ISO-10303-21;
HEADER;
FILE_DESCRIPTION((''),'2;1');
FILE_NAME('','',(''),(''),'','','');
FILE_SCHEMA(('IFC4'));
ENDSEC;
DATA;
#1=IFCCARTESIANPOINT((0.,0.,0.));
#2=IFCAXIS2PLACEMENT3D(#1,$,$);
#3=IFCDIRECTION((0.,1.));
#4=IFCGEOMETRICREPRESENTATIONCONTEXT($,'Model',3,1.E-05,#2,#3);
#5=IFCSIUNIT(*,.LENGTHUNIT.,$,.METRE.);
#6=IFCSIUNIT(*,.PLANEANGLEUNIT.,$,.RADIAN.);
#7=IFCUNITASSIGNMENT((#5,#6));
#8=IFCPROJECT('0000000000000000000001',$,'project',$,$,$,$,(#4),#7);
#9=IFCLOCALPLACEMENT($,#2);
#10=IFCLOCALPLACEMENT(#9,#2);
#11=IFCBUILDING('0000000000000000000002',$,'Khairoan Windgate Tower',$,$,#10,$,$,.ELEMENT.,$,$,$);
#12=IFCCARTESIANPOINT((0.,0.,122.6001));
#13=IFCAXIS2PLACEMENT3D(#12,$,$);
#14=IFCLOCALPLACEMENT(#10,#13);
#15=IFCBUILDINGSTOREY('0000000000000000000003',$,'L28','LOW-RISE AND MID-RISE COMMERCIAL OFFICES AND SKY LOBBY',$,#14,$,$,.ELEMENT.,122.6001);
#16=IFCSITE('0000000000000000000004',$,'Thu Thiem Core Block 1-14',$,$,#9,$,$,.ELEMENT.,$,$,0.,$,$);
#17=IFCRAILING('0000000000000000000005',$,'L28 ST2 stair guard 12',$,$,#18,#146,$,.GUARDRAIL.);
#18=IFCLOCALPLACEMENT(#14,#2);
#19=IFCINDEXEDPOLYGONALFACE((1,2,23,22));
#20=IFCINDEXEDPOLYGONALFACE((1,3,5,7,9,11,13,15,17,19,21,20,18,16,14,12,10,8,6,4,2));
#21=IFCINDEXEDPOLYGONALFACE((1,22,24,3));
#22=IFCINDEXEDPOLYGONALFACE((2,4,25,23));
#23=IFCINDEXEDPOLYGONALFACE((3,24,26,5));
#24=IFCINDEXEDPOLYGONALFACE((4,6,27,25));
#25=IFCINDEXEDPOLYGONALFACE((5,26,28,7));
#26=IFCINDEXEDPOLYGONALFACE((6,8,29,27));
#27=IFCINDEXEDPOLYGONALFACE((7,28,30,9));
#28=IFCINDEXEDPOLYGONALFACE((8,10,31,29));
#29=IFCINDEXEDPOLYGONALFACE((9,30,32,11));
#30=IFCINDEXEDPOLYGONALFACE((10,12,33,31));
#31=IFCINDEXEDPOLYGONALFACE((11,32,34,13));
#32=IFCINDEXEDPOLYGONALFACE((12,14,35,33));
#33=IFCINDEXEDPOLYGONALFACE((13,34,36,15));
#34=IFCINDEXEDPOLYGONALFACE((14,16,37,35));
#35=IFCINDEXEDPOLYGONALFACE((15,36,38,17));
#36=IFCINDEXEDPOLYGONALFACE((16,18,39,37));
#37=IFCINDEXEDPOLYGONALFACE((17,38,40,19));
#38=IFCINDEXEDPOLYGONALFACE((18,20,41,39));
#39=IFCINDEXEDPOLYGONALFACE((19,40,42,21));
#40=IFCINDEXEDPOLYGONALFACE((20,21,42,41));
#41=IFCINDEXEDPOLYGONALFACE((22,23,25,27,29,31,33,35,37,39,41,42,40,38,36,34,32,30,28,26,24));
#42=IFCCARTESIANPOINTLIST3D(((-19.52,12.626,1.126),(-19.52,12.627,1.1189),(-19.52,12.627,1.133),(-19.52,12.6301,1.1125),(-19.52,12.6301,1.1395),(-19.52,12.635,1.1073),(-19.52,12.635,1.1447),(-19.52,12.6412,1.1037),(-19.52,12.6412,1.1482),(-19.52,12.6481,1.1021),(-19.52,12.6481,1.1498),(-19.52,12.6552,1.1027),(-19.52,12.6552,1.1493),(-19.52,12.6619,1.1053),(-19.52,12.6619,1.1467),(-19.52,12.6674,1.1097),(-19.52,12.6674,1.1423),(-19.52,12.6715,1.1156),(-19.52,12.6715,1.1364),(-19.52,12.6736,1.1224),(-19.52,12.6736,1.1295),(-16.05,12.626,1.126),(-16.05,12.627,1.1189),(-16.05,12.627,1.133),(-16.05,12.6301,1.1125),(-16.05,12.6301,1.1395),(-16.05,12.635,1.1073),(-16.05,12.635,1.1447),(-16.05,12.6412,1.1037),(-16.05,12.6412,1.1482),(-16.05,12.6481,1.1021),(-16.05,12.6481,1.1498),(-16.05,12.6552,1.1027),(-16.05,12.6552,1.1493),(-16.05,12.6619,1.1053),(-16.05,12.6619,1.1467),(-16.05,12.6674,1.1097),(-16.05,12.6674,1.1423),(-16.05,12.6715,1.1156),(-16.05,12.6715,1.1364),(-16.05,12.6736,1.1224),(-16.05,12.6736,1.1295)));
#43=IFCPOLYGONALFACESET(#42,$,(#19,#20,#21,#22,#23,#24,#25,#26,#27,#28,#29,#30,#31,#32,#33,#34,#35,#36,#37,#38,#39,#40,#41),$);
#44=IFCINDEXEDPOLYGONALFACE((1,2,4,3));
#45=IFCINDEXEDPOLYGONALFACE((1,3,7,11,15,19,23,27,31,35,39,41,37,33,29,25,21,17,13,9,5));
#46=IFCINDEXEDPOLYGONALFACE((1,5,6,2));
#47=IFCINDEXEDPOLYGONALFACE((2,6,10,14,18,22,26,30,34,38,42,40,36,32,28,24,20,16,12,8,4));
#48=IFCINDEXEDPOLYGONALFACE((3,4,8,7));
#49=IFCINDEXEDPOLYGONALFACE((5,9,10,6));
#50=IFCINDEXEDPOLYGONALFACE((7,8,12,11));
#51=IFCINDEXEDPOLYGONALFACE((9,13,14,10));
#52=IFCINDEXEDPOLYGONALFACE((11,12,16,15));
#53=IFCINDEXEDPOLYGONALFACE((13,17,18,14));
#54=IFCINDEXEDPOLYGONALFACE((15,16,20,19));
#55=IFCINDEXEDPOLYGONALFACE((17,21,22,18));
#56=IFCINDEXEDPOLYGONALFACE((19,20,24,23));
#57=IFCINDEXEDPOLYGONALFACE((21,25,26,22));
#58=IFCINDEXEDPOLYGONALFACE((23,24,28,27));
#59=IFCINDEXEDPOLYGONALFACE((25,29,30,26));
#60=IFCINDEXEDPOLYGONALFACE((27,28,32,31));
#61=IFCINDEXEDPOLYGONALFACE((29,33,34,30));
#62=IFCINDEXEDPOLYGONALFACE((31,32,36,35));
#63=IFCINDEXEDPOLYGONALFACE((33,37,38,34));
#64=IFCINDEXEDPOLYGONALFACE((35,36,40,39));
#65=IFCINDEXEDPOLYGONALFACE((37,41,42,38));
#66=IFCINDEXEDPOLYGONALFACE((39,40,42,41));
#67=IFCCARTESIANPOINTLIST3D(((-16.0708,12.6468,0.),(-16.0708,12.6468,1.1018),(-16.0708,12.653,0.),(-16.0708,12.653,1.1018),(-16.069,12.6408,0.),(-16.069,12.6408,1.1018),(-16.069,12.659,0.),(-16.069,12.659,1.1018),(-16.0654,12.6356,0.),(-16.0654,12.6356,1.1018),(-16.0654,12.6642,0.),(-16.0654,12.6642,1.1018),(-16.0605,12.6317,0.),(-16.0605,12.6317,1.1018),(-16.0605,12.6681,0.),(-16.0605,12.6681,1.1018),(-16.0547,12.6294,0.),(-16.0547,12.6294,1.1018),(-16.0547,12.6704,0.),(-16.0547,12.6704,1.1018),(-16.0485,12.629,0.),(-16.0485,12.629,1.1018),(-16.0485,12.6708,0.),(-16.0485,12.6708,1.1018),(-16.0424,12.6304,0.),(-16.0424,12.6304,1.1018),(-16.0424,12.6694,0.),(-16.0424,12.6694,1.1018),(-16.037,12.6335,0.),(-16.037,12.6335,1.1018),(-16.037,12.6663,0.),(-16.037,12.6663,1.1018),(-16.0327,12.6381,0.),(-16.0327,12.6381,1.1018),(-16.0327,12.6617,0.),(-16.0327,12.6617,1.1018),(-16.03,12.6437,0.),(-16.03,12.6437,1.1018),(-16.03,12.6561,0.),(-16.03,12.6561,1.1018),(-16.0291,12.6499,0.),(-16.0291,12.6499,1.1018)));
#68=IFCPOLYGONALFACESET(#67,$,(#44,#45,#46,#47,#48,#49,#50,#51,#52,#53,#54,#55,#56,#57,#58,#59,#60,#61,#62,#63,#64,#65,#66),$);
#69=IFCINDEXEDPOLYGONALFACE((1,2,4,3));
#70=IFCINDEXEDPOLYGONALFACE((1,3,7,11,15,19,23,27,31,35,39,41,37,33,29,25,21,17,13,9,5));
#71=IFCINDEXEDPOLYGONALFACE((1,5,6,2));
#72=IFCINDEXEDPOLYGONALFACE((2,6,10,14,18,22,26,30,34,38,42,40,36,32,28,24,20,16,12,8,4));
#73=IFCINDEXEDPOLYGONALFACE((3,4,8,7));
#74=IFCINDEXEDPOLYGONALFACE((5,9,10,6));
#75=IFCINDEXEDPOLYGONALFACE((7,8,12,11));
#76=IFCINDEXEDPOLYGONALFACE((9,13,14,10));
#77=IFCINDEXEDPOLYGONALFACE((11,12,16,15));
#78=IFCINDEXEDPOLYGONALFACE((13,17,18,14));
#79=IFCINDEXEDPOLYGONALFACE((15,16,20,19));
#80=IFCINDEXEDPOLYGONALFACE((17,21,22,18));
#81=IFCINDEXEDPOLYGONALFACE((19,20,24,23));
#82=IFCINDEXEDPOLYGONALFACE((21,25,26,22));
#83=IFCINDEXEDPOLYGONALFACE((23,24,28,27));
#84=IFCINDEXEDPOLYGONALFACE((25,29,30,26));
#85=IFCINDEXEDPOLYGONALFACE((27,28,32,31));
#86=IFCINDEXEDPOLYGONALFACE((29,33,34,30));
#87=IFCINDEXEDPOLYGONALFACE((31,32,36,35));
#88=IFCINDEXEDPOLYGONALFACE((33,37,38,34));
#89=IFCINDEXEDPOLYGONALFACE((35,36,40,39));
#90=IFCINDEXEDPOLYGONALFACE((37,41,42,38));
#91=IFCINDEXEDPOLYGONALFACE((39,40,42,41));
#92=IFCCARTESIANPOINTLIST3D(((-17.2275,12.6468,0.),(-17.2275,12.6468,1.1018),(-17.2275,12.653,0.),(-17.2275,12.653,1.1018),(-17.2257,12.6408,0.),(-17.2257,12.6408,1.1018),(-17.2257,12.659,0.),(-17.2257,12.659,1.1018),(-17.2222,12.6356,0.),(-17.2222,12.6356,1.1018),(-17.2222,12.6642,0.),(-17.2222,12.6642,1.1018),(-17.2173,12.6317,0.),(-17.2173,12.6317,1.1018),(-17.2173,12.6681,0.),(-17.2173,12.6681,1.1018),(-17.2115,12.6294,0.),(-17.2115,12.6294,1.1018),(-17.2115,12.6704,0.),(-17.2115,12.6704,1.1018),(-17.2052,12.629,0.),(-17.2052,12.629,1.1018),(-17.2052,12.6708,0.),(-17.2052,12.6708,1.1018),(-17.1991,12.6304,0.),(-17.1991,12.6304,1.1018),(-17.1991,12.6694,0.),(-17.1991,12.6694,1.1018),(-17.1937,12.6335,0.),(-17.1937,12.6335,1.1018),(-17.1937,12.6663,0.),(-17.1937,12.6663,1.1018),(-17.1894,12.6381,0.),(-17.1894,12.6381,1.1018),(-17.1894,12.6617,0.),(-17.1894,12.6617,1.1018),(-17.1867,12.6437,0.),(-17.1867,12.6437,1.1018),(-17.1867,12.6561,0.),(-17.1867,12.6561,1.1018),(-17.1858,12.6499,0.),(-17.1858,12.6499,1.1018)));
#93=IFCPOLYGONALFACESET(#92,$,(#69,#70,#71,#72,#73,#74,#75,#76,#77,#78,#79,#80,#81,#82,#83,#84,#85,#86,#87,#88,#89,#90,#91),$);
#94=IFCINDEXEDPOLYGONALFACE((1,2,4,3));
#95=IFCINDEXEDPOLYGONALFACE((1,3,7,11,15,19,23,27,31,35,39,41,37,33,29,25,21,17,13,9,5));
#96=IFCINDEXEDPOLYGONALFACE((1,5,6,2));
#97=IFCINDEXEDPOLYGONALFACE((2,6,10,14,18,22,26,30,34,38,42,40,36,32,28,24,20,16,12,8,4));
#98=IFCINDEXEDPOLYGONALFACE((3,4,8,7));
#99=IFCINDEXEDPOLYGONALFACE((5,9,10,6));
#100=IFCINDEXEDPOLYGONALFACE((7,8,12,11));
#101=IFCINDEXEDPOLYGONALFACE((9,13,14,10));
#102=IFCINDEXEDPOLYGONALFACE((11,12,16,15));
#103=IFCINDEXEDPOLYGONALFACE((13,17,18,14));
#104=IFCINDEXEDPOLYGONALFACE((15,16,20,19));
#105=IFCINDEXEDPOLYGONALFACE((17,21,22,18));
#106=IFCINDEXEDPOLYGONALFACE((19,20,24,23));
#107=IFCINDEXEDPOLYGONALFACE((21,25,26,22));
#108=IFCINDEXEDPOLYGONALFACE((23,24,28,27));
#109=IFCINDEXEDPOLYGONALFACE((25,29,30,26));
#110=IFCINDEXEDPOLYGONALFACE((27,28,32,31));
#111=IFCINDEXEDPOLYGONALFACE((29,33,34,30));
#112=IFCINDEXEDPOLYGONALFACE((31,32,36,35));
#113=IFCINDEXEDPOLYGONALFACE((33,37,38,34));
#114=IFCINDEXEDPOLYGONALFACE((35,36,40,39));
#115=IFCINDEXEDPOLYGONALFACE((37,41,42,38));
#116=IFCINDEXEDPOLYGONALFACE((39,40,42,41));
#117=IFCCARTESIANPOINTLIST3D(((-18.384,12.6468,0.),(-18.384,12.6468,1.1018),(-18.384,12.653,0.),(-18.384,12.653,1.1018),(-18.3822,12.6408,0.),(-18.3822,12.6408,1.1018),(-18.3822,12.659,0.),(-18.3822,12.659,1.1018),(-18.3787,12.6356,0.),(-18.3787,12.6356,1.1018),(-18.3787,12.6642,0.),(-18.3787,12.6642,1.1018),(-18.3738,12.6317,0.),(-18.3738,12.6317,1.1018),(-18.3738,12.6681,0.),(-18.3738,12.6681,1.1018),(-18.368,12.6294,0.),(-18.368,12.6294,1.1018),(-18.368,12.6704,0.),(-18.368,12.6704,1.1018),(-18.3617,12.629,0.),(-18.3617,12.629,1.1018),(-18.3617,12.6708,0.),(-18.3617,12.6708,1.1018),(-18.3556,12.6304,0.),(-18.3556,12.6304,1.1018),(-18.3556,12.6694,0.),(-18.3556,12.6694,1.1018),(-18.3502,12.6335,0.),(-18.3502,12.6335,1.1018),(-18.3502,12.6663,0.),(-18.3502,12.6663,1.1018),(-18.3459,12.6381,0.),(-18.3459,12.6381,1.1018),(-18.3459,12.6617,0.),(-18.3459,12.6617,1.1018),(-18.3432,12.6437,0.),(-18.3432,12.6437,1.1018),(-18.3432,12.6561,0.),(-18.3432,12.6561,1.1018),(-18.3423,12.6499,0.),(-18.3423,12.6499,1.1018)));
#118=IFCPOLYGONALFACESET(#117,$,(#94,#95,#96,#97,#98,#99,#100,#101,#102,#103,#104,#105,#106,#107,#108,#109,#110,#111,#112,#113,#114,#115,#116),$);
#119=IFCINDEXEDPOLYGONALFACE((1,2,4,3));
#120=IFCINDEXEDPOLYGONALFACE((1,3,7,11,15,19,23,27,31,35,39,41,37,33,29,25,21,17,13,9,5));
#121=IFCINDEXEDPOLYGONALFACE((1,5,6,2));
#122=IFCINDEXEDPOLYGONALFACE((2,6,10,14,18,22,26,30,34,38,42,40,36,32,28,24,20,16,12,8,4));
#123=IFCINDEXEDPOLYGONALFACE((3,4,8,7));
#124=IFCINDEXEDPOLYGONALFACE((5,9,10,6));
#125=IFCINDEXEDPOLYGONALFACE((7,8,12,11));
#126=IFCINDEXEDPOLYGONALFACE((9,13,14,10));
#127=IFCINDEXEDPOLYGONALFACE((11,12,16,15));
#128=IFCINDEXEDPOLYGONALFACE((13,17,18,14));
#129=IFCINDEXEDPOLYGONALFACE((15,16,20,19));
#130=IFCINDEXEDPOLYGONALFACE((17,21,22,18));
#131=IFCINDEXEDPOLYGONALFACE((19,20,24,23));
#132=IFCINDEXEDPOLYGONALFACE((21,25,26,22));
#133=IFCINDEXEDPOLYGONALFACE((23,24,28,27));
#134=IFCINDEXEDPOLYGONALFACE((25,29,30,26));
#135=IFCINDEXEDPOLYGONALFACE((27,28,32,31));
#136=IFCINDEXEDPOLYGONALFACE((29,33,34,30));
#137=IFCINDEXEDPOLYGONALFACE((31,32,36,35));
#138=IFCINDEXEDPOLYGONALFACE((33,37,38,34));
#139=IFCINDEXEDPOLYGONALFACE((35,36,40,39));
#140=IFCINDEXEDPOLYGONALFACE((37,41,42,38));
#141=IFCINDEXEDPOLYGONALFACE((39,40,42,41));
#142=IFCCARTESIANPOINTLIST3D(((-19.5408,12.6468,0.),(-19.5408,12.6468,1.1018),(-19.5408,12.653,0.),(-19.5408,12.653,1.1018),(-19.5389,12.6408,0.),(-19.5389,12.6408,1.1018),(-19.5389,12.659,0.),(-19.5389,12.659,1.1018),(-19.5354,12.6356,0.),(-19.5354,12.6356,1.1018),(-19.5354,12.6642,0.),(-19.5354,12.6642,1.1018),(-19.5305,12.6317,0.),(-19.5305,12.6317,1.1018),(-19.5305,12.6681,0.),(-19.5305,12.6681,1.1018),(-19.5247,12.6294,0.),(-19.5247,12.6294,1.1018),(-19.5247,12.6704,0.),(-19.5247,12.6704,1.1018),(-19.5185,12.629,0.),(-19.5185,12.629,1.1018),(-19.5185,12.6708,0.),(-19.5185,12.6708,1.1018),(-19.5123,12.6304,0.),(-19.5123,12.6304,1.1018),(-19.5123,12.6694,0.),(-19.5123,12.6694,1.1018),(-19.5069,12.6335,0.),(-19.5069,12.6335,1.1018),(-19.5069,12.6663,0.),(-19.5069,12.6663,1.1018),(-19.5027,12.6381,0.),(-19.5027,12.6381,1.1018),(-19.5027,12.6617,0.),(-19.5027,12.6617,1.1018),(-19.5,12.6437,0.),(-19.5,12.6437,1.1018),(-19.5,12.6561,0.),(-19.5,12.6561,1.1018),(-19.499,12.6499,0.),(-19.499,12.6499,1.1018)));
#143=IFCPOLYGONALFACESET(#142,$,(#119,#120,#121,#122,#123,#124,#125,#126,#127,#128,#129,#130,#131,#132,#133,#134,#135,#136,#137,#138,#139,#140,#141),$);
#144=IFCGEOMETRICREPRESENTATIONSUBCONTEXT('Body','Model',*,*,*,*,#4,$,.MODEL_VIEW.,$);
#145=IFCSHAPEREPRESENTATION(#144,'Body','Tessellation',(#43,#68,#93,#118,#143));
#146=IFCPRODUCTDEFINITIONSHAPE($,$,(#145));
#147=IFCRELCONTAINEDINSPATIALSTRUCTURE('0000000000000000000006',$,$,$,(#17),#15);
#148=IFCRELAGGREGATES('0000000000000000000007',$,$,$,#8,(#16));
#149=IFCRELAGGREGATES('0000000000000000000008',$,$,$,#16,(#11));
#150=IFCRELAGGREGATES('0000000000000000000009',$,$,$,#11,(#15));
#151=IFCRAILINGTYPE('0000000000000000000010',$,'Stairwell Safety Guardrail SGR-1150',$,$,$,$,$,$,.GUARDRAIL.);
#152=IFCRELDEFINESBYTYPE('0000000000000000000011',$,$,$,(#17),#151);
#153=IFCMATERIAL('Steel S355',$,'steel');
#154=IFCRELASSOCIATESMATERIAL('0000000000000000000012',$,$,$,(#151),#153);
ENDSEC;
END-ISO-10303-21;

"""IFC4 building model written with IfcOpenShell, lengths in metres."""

from ifc_helpers import new_model, si_unit, direction, frame, origin, origin_2d, place, context, subcontext, project, spatial, circle, extrude, material, type_object, element, save


model = new_model("IFC4")

# Units and contexts
model_context = context("Model", 3, precision=1e-05, world=origin(), true_north=direction((0.0, 1.0)))
body_context = subcontext(model_context, "Body", "Model", "MODEL_VIEW")
ifc_project = project(units=[si_unit("LENGTHUNIT", "METRE"), si_unit("PLANEANGLEUNIT", "RADIAN")], contexts=[model_context])

# Site, building, storey
site_placement = place(None, origin())
site = spatial("IfcSite", under=ifc_project, at=site_placement, Name="Thu Thiem Core Block 1-14", CompositionType="ELEMENT", RefElevation=0.0)
building_placement = place(site_placement, origin())
building = spatial("IfcBuilding", under=site, at=building_placement, Name="Khairoan Windgate Tower", CompositionType="ELEMENT")
storey_placement = place(building_placement, frame((0.0, 0.0, 122.6001)))
storey = spatial("IfcBuildingStorey", under=building, at=storey_placement, Name="L28", Description="LOW-RISE AND MID-RISE COMMERCIAL OFFICES AND SKY LOBBY", CompositionType="ELEMENT", Elevation=122.6001)

# Railing
ifc_material_1 = material(Name="Steel S355", Category="steel")
railing_type = type_object("IfcRailingType", Name="Stairwell Safety Guardrail SGR-1150", PredefinedType="GUARDRAIL", material=ifc_material_1)
railing_1_placement = place(storey_placement, frame((-16.05, 12.6499, 0.0)))
element("IfcRailing", 1, at=railing_1_placement, inside=storey, type_object=railing_type, Name="L28 ST2 stair guard 12", PredefinedType="GUARDRAIL", context=body_context, shape_type="SweptSolid", body=[
    extrude(circle(Radius=0.0239, at=origin_2d()), frame((0.0, 0.0, 1.126), z_axis=(-1.0, 0.0, 0.0), x_axis=(0.0, -1.0, 0.0)), (0.0, 0.0, 1.0), 3.47),
    extrude(circle(Radius=0.021, at=origin_2d()), origin(), (0.0, 0.0, 1.0), 1.1018),
    extrude(circle(Radius=0.021, at=origin_2d()), frame((-1.1567, 0.0, 0.0)), (0.0, 0.0, 1.0), 1.1018),
    extrude(circle(Radius=0.021, at=origin_2d()), frame((-2.3132, 0.0, 0.0)), (0.0, 0.0, 1.0), 1.1018),
    extrude(circle(Radius=0.021, at=origin_2d()), frame((-3.47, 0.0, 0.0)), (0.0, 0.0, 1.0), 1.1018),
])

save(model, "model.ifc")
